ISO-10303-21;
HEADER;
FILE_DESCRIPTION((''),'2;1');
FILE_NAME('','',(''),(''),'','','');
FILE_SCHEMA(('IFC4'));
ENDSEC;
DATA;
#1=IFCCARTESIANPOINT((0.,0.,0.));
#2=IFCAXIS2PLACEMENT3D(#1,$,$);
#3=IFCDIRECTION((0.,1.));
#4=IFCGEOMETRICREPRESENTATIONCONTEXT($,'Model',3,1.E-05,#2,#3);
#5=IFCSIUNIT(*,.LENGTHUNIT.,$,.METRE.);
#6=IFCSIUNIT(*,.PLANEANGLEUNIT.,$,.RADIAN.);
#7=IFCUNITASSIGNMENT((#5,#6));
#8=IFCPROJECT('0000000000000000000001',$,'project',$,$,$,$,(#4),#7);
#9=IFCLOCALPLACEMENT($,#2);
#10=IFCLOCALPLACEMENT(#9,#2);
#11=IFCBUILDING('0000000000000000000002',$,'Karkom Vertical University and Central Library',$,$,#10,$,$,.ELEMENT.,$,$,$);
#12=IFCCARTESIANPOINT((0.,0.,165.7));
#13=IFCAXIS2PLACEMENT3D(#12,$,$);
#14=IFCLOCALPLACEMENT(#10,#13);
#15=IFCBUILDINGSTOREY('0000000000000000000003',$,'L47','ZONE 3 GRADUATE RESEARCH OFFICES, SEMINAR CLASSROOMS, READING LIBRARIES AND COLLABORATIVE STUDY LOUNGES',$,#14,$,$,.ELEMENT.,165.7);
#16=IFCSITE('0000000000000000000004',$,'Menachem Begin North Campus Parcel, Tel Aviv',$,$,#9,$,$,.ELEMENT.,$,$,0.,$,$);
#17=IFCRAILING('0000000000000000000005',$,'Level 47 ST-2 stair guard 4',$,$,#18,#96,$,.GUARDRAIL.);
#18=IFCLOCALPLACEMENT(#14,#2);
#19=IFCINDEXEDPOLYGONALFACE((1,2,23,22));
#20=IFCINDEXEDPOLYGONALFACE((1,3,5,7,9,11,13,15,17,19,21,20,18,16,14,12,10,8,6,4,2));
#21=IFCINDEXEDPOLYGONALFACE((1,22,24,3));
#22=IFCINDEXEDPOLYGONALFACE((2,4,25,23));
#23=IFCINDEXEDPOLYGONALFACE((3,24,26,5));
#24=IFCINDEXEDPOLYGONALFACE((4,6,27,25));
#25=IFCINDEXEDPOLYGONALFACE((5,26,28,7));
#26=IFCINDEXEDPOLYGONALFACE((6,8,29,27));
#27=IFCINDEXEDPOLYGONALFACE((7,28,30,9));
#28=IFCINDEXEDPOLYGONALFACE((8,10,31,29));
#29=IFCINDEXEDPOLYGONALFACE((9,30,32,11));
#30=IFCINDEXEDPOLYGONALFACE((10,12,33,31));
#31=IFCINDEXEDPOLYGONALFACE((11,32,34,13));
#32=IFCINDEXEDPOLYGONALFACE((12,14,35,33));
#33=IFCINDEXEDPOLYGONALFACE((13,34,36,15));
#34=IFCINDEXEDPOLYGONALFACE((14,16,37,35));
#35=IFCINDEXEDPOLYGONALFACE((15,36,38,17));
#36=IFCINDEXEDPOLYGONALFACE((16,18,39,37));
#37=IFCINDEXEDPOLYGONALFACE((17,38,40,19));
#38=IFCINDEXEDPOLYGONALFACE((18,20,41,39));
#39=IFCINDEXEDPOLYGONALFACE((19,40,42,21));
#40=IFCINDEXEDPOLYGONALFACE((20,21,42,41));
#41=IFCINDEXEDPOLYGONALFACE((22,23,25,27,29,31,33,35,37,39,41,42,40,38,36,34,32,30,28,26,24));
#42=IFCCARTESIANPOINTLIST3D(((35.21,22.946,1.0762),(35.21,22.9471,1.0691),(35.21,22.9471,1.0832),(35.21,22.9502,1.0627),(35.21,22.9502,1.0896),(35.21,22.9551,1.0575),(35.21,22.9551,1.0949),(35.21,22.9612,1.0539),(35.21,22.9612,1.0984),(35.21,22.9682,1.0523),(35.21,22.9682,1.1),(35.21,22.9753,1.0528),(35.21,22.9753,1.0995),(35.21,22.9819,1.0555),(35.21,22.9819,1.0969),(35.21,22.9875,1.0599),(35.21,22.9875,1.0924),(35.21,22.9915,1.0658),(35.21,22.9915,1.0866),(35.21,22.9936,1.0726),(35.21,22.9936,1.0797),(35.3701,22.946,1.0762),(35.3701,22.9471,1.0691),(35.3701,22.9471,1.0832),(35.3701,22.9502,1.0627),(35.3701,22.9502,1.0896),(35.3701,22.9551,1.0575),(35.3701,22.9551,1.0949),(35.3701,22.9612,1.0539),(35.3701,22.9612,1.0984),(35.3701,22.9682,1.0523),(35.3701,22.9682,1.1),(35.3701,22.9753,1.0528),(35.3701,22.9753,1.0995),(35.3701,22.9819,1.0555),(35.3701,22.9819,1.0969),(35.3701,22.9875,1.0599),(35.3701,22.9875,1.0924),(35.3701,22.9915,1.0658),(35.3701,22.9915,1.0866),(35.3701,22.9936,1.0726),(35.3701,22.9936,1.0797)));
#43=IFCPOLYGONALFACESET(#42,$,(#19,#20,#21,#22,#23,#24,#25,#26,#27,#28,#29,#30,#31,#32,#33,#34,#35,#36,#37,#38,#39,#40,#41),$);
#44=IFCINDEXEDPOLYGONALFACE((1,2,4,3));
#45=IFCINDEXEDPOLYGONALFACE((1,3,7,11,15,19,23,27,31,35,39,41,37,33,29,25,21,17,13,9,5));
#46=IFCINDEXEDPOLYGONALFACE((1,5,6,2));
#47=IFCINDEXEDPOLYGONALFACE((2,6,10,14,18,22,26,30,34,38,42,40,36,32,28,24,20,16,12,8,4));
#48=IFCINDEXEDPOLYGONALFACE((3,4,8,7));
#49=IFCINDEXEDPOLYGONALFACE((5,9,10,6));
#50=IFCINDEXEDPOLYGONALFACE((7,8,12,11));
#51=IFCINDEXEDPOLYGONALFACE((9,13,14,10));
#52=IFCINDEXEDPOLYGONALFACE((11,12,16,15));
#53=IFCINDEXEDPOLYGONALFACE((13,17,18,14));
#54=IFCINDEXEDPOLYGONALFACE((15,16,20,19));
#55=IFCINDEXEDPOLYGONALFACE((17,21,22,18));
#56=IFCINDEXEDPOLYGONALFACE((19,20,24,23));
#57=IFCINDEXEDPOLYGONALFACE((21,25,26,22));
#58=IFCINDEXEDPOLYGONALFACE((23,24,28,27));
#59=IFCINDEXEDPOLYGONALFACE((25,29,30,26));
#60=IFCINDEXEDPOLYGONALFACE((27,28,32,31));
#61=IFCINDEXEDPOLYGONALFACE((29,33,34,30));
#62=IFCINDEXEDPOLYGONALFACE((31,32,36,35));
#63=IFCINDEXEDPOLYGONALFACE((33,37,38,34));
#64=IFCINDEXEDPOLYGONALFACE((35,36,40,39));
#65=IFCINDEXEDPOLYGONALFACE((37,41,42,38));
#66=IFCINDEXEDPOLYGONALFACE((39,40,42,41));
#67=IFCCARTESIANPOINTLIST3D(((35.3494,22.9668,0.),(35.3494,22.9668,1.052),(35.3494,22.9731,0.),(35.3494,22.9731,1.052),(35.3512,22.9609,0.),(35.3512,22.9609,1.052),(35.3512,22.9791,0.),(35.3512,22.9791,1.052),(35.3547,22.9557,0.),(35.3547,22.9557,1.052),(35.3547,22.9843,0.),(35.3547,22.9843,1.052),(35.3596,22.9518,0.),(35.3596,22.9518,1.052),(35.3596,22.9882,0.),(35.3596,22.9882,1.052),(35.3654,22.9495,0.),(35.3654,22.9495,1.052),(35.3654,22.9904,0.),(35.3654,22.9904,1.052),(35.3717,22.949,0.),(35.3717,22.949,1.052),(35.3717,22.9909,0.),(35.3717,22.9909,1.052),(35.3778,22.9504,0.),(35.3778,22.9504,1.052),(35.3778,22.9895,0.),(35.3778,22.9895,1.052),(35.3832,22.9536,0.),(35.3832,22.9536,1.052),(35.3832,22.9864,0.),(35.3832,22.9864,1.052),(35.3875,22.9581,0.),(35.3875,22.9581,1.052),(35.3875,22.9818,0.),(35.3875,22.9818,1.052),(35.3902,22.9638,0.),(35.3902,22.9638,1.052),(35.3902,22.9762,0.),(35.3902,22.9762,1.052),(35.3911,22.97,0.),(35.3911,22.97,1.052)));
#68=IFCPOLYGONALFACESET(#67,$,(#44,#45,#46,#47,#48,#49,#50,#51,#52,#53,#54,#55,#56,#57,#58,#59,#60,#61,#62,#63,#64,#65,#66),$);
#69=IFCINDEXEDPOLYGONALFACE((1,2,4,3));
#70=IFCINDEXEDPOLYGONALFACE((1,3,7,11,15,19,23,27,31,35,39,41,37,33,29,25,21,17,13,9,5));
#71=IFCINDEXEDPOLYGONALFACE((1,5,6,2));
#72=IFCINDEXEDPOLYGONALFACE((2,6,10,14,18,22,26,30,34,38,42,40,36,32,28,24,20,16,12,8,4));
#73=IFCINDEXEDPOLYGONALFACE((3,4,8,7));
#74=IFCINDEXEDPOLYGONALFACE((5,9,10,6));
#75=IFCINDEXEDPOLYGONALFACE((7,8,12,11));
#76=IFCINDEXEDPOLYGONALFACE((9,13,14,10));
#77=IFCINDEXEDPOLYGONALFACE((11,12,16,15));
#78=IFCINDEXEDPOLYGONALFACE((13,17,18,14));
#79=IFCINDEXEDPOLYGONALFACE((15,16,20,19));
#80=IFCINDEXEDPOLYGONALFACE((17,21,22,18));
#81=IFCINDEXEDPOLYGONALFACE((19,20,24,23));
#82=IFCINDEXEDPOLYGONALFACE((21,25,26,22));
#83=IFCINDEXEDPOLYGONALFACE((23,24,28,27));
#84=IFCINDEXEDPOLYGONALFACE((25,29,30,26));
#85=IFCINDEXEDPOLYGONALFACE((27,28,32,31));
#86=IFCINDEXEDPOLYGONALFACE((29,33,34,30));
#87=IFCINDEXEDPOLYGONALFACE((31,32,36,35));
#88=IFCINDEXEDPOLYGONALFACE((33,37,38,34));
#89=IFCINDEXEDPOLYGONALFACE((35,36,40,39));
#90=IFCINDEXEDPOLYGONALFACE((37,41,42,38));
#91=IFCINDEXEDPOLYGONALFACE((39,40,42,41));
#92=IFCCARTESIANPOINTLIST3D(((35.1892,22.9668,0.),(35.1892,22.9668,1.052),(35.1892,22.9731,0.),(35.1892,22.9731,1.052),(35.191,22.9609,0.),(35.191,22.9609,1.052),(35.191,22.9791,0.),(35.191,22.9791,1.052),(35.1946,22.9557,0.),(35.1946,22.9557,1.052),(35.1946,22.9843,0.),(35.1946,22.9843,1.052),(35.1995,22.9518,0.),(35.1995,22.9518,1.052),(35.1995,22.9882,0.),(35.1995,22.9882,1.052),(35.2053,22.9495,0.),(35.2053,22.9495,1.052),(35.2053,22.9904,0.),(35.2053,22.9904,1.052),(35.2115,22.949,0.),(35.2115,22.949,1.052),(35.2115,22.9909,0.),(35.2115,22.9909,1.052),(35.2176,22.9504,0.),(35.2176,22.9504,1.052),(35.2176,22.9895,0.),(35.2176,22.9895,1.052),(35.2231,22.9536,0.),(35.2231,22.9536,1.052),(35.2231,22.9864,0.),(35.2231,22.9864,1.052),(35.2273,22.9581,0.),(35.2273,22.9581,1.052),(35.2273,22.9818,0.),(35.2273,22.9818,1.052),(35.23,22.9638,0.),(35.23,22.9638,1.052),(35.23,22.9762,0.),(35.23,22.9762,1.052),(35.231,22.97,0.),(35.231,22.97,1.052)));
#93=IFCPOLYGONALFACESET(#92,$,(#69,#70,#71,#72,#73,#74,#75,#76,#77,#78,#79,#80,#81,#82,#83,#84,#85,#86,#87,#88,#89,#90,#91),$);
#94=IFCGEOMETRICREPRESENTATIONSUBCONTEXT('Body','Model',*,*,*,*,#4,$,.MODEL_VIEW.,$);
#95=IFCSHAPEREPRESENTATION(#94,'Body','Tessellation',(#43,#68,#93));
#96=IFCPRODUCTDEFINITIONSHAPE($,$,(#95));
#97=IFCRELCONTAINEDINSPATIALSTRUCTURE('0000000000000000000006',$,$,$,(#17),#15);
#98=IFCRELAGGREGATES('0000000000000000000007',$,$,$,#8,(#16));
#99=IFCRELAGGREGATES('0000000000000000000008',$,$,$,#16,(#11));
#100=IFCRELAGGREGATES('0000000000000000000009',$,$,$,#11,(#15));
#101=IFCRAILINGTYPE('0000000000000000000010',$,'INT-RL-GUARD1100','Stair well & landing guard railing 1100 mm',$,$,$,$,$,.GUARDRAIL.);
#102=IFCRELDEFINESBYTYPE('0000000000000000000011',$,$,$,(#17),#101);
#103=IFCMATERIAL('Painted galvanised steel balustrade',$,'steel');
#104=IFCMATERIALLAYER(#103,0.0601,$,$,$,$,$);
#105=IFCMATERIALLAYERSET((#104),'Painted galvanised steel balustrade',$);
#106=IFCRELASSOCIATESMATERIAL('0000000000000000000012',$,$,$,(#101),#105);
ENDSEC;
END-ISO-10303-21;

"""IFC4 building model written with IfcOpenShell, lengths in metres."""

from ifc_helpers import new_model, si_unit, direction, frame, origin, origin_2d, place, context, subcontext, project, spatial, circle, extrude, material, layer, layer_set, type_object, element, save


model = new_model("IFC4")

# Units and contexts
model_context = context("Model", 3, precision=1e-05, world=origin(), true_north=direction((0.0, 1.0)))
body_context = subcontext(model_context, "Body", "Model", "MODEL_VIEW")
ifc_project = project(units=[si_unit("LENGTHUNIT", "METRE"), si_unit("PLANEANGLEUNIT", "RADIAN")], contexts=[model_context])

# Site, building, storey
site_placement = place(None, origin())
site = spatial("IfcSite", under=ifc_project, at=site_placement, Name="Menachem Begin North Campus Parcel, Tel Aviv", CompositionType="ELEMENT", RefElevation=0.0)
building_placement = place(site_placement, origin())
building = spatial("IfcBuilding", under=site, at=building_placement, Name="Karkom Vertical University and Central Library", CompositionType="ELEMENT")
storey_placement = place(building_placement, frame((0.0, 0.0, 165.7)))
storey = spatial("IfcBuildingStorey", under=building, at=storey_placement, Name="L47", Description="ZONE 3 GRADUATE RESEARCH OFFICES, SEMINAR CLASSROOMS, READING LIBRARIES AND COLLABORATIVE STUDY LOUNGES", CompositionType="ELEMENT", Elevation=165.7)

# Railing
ifc_material_1 = material(Name="Painted galvanised steel balustrade", Category="steel")
ifc_layer_1 = layer(ifc_material_1, 0.0601)
ifc_layer_set_1 = layer_set([ifc_layer_1], Name="Painted galvanised steel balustrade")
railing_type_1 = type_object("IfcRailingType", Name="INT-RL-GUARD1100", Description="Stair well & landing guard railing 1100 mm", PredefinedType="GUARDRAIL", material=ifc_layer_set_1)
railing_1_placement = place(storey_placement, frame((35.3701, 22.97, 0.0)))
element("IfcRailing", 1, at=railing_1_placement, inside=storey, type_object=railing_type_1, Name="Level 47 ST-2 stair guard 4", PredefinedType="GUARDRAIL", context=body_context, shape_type="SweptSolid", body=[
    extrude(circle(Radius=0.0239, at=origin_2d()), frame((0.0, 0.0, 1.0762), z_axis=(-1.0, 0.0, 0.0), x_axis=(0.0, -1.0, 0.0)), (0.0, 0.0, 1.0), 0.1602),
    extrude(circle(Radius=0.021, at=origin_2d()), origin(), (0.0, 0.0, 1.0), 1.052),
    extrude(circle(Radius=0.021, at=origin_2d()), frame((-0.1602, 0.0, 0.0)), (0.0, 0.0, 1.0), 1.052),
])

save(model, "model.ifc")
